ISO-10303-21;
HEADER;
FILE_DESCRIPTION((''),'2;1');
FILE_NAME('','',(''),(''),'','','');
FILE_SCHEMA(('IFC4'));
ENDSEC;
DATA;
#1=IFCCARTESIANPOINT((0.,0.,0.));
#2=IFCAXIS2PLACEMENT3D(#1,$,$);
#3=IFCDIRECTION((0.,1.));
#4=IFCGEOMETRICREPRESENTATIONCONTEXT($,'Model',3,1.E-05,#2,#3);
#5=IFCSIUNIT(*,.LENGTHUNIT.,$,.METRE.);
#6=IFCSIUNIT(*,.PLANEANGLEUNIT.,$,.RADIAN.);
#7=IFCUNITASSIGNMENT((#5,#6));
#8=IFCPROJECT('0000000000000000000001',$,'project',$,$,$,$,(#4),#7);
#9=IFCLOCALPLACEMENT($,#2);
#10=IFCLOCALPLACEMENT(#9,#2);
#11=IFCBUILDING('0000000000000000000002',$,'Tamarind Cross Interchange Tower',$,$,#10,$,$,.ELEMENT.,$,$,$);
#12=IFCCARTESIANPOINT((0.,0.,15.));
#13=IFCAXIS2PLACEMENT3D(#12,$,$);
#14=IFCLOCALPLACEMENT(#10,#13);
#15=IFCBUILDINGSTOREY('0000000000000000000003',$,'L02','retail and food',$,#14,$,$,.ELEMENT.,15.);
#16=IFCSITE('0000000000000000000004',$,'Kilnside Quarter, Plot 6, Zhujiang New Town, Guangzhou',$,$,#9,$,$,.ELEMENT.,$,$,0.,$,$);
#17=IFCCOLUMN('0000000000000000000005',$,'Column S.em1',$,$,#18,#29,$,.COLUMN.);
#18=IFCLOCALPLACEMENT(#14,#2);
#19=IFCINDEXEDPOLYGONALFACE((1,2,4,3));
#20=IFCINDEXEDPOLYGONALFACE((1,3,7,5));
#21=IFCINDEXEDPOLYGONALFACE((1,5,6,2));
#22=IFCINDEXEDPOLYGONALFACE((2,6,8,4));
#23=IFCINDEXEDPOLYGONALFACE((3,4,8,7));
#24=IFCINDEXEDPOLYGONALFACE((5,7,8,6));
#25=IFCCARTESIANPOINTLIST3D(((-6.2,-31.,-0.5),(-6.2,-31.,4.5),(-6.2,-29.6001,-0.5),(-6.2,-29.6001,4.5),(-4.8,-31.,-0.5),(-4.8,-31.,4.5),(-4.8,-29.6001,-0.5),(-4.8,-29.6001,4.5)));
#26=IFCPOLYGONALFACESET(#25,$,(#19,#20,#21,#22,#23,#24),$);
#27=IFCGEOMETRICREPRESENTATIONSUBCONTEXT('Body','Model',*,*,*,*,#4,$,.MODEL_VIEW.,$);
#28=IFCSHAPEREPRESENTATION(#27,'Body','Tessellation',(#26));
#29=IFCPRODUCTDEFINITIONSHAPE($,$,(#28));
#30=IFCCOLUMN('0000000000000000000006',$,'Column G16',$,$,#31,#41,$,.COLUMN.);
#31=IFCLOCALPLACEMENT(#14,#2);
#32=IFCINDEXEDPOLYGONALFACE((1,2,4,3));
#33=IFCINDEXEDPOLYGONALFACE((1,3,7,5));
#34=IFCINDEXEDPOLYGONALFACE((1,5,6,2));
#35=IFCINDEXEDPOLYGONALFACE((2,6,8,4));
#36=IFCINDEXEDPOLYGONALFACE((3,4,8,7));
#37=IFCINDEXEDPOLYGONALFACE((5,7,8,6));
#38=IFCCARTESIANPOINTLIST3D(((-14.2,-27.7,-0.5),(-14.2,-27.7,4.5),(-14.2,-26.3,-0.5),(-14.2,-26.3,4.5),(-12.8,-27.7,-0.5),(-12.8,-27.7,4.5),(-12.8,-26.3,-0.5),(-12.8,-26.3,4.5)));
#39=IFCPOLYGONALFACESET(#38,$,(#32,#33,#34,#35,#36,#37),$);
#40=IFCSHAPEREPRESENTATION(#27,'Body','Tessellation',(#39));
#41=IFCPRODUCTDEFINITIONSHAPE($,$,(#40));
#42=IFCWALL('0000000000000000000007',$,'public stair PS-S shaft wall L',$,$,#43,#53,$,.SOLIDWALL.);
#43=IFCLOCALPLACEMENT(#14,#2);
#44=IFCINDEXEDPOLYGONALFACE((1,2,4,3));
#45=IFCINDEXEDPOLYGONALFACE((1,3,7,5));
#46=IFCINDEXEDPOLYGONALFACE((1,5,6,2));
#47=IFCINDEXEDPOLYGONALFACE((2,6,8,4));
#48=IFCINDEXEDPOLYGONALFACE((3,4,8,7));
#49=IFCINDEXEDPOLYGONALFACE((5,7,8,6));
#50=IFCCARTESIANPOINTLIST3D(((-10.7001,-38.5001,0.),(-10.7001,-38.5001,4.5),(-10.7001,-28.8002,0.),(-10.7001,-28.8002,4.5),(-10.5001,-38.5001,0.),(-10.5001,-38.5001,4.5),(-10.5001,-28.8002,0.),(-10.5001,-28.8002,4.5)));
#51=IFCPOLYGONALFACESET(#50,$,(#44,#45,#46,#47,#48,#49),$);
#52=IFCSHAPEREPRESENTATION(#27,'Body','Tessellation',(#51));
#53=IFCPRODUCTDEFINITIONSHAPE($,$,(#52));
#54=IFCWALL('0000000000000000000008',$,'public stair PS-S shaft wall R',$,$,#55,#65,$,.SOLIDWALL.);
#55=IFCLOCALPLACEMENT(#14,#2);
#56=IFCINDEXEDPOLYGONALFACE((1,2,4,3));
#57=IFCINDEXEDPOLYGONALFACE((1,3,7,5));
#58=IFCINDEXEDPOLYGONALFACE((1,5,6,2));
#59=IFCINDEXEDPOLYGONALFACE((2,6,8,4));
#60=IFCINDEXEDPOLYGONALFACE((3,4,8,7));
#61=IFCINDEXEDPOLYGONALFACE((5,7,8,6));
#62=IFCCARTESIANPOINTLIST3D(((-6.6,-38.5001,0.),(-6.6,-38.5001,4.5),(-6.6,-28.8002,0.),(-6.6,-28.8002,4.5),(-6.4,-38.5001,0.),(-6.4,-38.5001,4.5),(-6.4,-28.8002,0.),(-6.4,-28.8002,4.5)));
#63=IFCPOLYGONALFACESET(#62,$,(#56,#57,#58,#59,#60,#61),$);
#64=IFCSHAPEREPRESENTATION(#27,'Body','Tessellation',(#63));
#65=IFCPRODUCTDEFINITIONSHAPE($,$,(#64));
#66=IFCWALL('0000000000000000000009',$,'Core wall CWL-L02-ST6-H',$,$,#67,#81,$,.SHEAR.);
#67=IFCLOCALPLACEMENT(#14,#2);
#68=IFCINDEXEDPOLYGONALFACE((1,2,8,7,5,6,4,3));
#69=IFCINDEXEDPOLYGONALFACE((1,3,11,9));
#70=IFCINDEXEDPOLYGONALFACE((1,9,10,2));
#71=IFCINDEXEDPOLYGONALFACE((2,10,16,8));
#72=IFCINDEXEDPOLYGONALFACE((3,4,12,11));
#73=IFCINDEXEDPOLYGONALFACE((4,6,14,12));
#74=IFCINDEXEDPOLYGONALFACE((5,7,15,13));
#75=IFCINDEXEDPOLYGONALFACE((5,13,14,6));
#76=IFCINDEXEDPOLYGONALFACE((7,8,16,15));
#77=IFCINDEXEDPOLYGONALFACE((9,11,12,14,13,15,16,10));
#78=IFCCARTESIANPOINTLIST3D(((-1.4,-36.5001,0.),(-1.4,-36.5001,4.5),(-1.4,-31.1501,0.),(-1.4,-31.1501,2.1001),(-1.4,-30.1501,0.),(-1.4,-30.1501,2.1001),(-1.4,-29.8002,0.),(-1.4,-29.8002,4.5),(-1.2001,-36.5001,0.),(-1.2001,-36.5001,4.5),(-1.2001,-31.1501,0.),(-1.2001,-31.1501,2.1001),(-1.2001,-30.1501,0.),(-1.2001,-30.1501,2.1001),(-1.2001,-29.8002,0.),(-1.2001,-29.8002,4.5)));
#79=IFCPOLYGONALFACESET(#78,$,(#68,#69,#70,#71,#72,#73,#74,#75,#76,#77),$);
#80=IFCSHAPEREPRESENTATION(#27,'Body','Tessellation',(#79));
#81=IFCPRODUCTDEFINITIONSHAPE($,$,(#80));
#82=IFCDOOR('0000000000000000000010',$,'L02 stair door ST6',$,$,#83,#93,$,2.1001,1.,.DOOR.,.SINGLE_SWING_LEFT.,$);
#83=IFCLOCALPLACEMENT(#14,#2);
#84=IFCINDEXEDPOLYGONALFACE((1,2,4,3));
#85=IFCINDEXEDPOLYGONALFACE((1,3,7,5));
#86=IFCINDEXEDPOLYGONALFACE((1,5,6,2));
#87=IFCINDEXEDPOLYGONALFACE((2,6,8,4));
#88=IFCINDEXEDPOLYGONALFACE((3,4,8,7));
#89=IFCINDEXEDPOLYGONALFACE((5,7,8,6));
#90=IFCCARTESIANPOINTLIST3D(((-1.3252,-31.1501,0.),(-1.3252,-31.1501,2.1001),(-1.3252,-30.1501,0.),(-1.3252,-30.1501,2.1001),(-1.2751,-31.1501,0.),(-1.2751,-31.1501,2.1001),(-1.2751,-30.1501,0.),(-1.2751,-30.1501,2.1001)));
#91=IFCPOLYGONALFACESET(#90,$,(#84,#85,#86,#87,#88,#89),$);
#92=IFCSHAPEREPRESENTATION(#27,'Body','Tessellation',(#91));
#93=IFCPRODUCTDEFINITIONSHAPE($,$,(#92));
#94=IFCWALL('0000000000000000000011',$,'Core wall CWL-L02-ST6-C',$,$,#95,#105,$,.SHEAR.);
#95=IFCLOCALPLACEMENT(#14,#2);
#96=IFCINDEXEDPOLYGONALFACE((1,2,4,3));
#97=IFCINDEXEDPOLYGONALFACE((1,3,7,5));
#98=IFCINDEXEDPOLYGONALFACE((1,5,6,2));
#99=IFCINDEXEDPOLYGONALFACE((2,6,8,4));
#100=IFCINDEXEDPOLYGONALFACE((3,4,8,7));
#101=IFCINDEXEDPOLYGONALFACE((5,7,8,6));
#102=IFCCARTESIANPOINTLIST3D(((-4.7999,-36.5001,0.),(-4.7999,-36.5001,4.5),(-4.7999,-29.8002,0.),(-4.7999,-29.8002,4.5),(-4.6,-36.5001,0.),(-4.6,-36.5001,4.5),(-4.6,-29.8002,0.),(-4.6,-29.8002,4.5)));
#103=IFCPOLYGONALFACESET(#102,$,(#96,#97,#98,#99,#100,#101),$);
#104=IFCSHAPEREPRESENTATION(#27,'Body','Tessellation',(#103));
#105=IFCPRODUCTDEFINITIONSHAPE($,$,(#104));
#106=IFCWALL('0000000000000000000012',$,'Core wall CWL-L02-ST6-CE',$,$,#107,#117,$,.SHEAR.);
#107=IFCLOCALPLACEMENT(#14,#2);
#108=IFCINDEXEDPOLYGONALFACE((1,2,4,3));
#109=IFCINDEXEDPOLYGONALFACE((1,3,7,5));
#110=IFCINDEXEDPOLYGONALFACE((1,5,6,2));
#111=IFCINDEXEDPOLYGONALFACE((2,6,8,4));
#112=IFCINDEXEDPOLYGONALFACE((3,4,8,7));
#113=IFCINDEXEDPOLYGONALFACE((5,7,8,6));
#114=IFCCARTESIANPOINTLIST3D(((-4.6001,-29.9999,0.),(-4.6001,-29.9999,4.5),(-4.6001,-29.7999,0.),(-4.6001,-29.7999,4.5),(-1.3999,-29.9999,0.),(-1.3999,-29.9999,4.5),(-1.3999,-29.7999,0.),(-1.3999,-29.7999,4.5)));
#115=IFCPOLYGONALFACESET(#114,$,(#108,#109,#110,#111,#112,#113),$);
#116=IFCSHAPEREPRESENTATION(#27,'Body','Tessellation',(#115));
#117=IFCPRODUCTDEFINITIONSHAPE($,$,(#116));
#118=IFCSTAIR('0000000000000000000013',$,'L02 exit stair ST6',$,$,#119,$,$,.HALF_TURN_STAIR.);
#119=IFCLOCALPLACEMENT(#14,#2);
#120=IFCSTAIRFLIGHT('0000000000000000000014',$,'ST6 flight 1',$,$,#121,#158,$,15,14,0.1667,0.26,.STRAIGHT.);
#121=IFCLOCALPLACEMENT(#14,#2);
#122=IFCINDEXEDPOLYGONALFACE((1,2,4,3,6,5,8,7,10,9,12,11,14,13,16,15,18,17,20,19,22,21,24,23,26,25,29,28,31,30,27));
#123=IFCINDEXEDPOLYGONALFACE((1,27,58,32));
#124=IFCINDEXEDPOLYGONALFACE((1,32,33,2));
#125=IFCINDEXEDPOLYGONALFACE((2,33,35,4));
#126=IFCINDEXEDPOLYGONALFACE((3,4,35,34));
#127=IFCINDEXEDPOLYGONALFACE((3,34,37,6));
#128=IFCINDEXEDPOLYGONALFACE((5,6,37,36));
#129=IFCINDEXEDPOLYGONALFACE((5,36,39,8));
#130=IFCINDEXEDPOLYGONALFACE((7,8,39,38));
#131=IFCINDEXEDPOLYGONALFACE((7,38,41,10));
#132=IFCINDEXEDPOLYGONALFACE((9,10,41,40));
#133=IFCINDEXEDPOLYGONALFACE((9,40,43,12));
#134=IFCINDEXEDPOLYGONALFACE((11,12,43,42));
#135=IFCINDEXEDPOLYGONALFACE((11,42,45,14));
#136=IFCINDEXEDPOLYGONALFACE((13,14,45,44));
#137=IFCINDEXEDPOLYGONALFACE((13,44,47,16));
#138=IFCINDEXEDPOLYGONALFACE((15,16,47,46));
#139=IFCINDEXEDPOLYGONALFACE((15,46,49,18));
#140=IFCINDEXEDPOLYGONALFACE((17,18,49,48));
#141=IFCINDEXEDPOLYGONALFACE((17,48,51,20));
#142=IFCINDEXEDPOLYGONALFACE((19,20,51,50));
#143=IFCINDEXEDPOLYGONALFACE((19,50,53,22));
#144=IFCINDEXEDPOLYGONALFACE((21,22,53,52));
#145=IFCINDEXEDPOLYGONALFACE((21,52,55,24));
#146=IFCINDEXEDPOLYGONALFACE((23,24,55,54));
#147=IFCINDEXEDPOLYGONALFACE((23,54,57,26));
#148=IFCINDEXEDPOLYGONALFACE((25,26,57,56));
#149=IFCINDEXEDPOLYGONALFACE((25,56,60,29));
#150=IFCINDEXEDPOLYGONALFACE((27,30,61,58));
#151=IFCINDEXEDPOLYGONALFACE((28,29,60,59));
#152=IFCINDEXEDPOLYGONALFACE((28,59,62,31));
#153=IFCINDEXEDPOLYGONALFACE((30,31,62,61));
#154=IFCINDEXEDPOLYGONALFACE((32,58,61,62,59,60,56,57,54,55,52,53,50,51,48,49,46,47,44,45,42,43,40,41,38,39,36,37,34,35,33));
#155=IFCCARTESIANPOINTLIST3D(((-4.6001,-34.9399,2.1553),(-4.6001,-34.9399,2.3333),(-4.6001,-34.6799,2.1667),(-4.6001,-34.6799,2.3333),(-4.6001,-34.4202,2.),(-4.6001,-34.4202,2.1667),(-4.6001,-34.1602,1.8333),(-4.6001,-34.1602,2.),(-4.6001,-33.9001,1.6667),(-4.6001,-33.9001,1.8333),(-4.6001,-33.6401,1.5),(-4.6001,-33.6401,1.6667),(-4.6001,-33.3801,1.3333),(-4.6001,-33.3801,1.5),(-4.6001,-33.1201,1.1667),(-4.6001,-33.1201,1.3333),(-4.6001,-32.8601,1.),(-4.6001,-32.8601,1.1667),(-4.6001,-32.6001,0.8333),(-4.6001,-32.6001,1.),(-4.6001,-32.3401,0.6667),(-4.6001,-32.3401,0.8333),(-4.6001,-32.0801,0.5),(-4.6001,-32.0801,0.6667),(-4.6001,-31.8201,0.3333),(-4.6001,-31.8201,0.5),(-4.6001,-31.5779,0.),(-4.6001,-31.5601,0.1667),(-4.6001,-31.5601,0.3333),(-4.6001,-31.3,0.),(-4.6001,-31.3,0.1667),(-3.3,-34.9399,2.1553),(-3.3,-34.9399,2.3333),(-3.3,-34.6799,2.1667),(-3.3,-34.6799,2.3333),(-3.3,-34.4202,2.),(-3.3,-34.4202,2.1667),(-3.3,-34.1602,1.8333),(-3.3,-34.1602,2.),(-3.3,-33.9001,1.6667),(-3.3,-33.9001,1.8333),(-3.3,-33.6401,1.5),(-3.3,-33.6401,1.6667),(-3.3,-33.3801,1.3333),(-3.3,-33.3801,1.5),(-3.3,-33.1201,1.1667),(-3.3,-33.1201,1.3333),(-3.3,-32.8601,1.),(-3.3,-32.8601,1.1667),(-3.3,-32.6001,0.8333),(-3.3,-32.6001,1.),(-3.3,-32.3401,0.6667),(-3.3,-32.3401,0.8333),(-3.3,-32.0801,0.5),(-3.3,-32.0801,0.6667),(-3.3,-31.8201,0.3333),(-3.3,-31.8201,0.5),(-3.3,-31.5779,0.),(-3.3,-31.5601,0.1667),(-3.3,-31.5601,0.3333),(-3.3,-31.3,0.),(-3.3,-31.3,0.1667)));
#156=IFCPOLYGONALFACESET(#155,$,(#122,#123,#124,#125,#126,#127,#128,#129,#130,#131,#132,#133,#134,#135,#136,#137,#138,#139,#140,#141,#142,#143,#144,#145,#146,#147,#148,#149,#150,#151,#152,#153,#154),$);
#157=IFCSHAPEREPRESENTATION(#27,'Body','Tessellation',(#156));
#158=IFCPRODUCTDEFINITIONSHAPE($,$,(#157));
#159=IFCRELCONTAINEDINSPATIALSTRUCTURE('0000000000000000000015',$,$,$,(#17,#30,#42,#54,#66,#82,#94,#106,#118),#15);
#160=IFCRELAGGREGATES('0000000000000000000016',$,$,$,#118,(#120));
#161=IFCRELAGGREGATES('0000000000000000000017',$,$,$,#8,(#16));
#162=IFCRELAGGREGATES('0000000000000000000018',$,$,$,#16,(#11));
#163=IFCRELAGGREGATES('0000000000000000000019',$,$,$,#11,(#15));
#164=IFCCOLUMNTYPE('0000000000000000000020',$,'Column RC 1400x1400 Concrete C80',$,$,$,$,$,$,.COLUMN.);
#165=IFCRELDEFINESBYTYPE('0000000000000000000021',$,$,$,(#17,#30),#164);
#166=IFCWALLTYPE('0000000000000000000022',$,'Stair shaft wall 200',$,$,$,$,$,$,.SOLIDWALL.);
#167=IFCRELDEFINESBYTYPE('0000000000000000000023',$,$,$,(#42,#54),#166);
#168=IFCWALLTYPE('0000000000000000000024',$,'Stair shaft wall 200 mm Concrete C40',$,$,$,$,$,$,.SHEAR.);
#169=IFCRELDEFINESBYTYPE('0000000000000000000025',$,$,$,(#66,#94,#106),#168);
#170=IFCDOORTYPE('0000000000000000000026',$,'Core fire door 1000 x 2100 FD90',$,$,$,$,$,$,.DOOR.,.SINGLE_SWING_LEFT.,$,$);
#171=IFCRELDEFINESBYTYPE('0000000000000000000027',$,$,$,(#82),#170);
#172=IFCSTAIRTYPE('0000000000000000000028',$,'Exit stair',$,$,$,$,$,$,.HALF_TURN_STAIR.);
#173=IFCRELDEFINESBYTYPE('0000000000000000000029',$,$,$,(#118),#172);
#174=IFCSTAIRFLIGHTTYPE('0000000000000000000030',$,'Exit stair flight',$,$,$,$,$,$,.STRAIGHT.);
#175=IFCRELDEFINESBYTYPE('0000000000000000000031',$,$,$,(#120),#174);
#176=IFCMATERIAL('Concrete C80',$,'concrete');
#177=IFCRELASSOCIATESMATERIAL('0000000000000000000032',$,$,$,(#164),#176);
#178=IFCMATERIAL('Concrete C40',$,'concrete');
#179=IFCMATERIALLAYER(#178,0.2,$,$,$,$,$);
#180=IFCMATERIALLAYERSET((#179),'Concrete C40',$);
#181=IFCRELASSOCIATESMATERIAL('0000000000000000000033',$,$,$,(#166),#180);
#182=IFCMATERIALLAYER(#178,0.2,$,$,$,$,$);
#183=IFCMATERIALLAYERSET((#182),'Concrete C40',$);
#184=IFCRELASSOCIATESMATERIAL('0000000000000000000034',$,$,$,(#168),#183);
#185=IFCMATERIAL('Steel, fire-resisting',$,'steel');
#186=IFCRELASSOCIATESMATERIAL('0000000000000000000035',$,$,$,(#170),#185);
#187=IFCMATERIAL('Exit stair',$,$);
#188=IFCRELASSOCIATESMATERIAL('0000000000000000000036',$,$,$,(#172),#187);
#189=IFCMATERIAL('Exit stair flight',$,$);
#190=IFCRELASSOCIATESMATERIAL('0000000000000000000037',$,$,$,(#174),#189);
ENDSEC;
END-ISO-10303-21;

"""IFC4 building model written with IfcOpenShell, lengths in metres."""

from ifc_helpers import new_model, si_unit, direction, frame, frame_2d, origin, origin_2d, place, context, subcontext, project, spatial, polyline, rectangle, outline, extrude, material, layer, layer_set, material_profile, profile_set, type_object, element, fill, aggregate, save


model = new_model("IFC4")

# Units and contexts
model_context = context("Model", 3, precision=1e-05, world=origin(), true_north=direction((0.0, 1.0)))
body_context = subcontext(model_context, "Body", "Model", "MODEL_VIEW")
ifc_project = project(units=[si_unit("LENGTHUNIT", "METRE"), si_unit("PLANEANGLEUNIT", "RADIAN")], contexts=[model_context])

# Site, building, storey
site_placement = place(None, origin())
site = spatial("IfcSite", under=ifc_project, at=site_placement, Name="Kilnside Quarter, Plot 6, Zhujiang New Town, Guangzhou", CompositionType="ELEMENT", RefElevation=0.0)
building_placement = place(site_placement, origin())
building = spatial("IfcBuilding", under=site, at=building_placement, Name="Tamarind Cross Interchange Tower", CompositionType="ELEMENT")
storey_placement = place(building_placement, frame((0.0, 0.0, 15.0)))
storey = spatial("IfcBuildingStorey", under=building, at=storey_placement, Name="L02", Description="retail and food", CompositionType="ELEMENT", Elevation=15.0)

# Columns
ifc_material_1 = material(Name="Concrete C80", Category="concrete")
ifc_material_profile = material_profile(ifc_material_1, rectangle(XDim=1.3999, YDim=1.3999, at=origin_2d()), Name="RC 1400x1400")
ifc_profile_set = profile_set([ifc_material_profile], Name="Concrete C80")
column_type = type_object("IfcColumnType", Name="Column RC 1400x1400 Concrete C80", PredefinedType="COLUMN", material=ifc_profile_set)
for number, where, z_axis, x_axis, name in (
    (1, (-5.5, -30.3, -0.5), (0.0, 0.0, 1.0), (1.0, 0.0, 0.0), "Column S.em1"),
    (2, (-13.5, -27.0, -0.5), (0.0, 0.0, 1.0), (1.0, 0.0, 0.0), "Column G16"),
):
    element("IfcColumn", number, at=place(storey_placement, frame(where, z_axis=z_axis, x_axis=x_axis)), inside=storey, type_object=column_type, Name=name, PredefinedType="COLUMN", context=body_context, shape_type="SweptSolid", body=[
        extrude(rectangle(XDim=1.3999, YDim=1.3999, at=origin_2d()), origin(), (0.0, 0.0, 1.0), 5.0),
    ])

# Walls
ifc_material_2 = material(Name="Concrete C40", Category="concrete")
ifc_layer_1 = layer(ifc_material_2, 0.2)
ifc_layer_set_1 = layer_set([ifc_layer_1], Name="Concrete C40")
wall_type_1 = type_object("IfcWallType", Name="Stair shaft wall 200", PredefinedType="SOLIDWALL", material=ifc_layer_set_1)
for number, where, z_axis, x_axis, name in (
    (3, (-10.6001, -28.8, 0.0), (0.0, 0.0, 1.0), (0.0, -1.0, 0.0), "public stair PS-S shaft wall L"),
    (4, (-6.5, -28.8, 0.0), (0.0, 0.0, 1.0), (0.0, -1.0, 0.0), "public stair PS-S shaft wall R"),
):
    element("IfcWall", number, at=place(storey_placement, frame(where, z_axis=z_axis, x_axis=x_axis)), inside=storey, type_object=wall_type_1, Name=name, PredefinedType="SOLIDWALL", context=body_context, shape_type="SweptSolid", body=[
        extrude(rectangle(XDim=9.7, YDim=0.2, at=frame_2d((4.8501, 0.0))), origin(), (0.0, 0.0, 1.0), 4.5),
    ])

# Wall, opening, door
ifc_layer_2 = layer(ifc_material_2, 0.2)
ifc_layer_set_2 = layer_set([ifc_layer_2], Name="Concrete C40")
wall_type_2 = type_object("IfcWallType", Name="Stair shaft wall 200 mm Concrete C40", PredefinedType="SHEAR", material=ifc_layer_set_2)
wall_1_placement = place(storey_placement, frame((-1.3, -29.8, 0.0), z_axis=(0.0, 0.0, 1.0), x_axis=(0.0, -1.0, 0.0)))
wall_1 = element("IfcWall", 5, at=wall_1_placement, inside=storey, type_object=wall_type_2, Name="Core wall CWL-L02-ST6-H", PredefinedType="SHEAR", context=body_context, shape_type="SweptSolid", body=[
    extrude(rectangle(XDim=6.7, YDim=0.2, at=frame_2d((3.3501, 0.0))), origin(), (0.0, 0.0, 1.0), 4.5),
])
opening_placement = place(wall_1_placement, frame((0.3501, 0.0, 0.0)))
opening = element("IfcOpeningElement", 6, at=opening_placement, cuts=wall_1, PredefinedType="OPENING", context=body_context, shape_type="SweptSolid", body=[
    extrude(rectangle(XDim=1.0, YDim=2.1001, at=frame_2d((0.5, 1.05))), frame((0.0, 0.1099, 0.0), z_axis=(0.0, -1.0, 0.0), x_axis=(1.0, 0.0, 0.0)), (0.0, 0.0, 1.0), 0.22),
])
ifc_material_3 = material(Name="Steel, fire-resisting", Category="steel")
door_type = type_object("IfcDoorType", Name="Core fire door 1000 x 2100 FD90", OperationType="SINGLE_SWING_LEFT", PredefinedType="DOOR", material=ifc_material_3)
door_placement = place(opening_placement, origin())
door = element("IfcDoor", 7, at=door_placement, inside=storey, type_object=door_type, Name="L02 stair door ST6", OperationType="SINGLE_SWING_LEFT", OverallHeight=2.1001, OverallWidth=1.0, PredefinedType="DOOR", context=body_context, shape_type="SweptSolid", body=[
    extrude(rectangle(XDim=1.0, YDim=2.1001, at=frame_2d((0.5, 1.05))), frame((0.0, 0.0249, 0.0), z_axis=(0.0, -1.0, 0.0), x_axis=(1.0, 0.0, 0.0)), (0.0, 0.0, 1.0), 0.05),
])
fill(opening, door)

# Walls
wall_2_placement = place(storey_placement, frame((-4.7, -29.8, 0.0), z_axis=(0.0, 0.0, 1.0), x_axis=(0.0, -1.0, 0.0)))
element("IfcWall", 8, at=wall_2_placement, inside=storey, type_object=wall_type_2, Name="Core wall CWL-L02-ST6-C", PredefinedType="SHEAR", context=body_context, shape_type="SweptSolid", body=[
    extrude(rectangle(XDim=6.7, YDim=0.2, at=frame_2d((3.3501, 0.0))), origin(), (0.0, 0.0, 1.0), 4.5),
])
wall_3_placement = place(storey_placement, frame((-4.6001, -29.8999, 0.0), z_axis=(0.0, 0.0, 1.0), x_axis=(1.0, 0.0, 0.0)))
element("IfcWall", 9, at=wall_3_placement, inside=storey, type_object=wall_type_2, Name="Core wall CWL-L02-ST6-CE", PredefinedType="SHEAR", context=body_context, shape_type="SweptSolid", body=[
    extrude(rectangle(XDim=3.2002, YDim=0.2, at=frame_2d((1.6001, 0.0))), origin(), (0.0, 0.0, 1.0), 4.5),
])

# Stair, stair flight
ifc_material_4 = material(Name="Exit stair")
stair_type_1 = type_object("IfcStairType", Name="Exit stair", PredefinedType="HALF_TURN_STAIR", material=ifc_material_4)
stair_1_placement = place(storey_placement, origin())
stair_1 = element("IfcStair", 10, at=stair_1_placement, inside=storey, type_object=stair_type_1, Name="L02 exit stair ST6", PredefinedType="HALF_TURN_STAIR")
ifc_material_5 = material(Name="Exit stair flight")
stair_flight_type_1 = type_object("IfcStairFlightType", Name="Exit stair flight", PredefinedType="STRAIGHT", material=ifc_material_5)
stair_flight_1_placement = place(storey_placement, frame((-3.95, -31.3, 0.0), z_axis=(0.0, 0.0, 1.0), x_axis=(0.0, -1.0, 0.0)))
stair_flight_1 = element("IfcStairFlight", 11, at=stair_flight_1_placement, type_object=stair_flight_type_1, Name="ST6 flight 1", NumberOfRisers=15, NumberOfTreads=14, PredefinedType="STRAIGHT", RiserHeight=0.1667, TreadLength=0.26, context=body_context, shape_type="SweptSolid", body=[
    extrude(outline(polyline([(0.0, 0.0), (0.0, 0.1667), (0.26, 0.1667), (0.26, 0.3333), (0.52, 0.3333), (0.52, 0.5), (0.78, 0.5), (0.78, 0.6667), (1.04, 0.6667), (1.04, 0.8333), (1.3, 0.8333), (1.3, 1.0), (1.5601, 1.0), (1.5601, 1.1667), (1.8201, 1.1667), (1.8201, 1.3333), (2.0801, 1.3333), (2.0801, 1.5), (2.3401, 1.5), (2.3401, 1.6667), (2.6001, 1.6667), (2.6001, 1.8333), (2.8601, 1.8333), (2.8601, 2.0), (3.1201, 2.0), (3.1201, 2.1667), (3.3799, 2.1667), (3.3799, 2.3333), (3.6399, 2.3333), (3.6399, 2.5), (3.6399, 2.1553), (0.2778, 0.0), (0.0, 0.0)])), frame((0.0, 0.6499, 0.0), z_axis=(0.0, -1.0, 0.0), x_axis=(1.0, 0.0, 0.0)), (0.0, 0.0, 1.0), 1.3),
])
aggregate(stair_1, [stair_flight_1])

save(model, "model.ifc")
